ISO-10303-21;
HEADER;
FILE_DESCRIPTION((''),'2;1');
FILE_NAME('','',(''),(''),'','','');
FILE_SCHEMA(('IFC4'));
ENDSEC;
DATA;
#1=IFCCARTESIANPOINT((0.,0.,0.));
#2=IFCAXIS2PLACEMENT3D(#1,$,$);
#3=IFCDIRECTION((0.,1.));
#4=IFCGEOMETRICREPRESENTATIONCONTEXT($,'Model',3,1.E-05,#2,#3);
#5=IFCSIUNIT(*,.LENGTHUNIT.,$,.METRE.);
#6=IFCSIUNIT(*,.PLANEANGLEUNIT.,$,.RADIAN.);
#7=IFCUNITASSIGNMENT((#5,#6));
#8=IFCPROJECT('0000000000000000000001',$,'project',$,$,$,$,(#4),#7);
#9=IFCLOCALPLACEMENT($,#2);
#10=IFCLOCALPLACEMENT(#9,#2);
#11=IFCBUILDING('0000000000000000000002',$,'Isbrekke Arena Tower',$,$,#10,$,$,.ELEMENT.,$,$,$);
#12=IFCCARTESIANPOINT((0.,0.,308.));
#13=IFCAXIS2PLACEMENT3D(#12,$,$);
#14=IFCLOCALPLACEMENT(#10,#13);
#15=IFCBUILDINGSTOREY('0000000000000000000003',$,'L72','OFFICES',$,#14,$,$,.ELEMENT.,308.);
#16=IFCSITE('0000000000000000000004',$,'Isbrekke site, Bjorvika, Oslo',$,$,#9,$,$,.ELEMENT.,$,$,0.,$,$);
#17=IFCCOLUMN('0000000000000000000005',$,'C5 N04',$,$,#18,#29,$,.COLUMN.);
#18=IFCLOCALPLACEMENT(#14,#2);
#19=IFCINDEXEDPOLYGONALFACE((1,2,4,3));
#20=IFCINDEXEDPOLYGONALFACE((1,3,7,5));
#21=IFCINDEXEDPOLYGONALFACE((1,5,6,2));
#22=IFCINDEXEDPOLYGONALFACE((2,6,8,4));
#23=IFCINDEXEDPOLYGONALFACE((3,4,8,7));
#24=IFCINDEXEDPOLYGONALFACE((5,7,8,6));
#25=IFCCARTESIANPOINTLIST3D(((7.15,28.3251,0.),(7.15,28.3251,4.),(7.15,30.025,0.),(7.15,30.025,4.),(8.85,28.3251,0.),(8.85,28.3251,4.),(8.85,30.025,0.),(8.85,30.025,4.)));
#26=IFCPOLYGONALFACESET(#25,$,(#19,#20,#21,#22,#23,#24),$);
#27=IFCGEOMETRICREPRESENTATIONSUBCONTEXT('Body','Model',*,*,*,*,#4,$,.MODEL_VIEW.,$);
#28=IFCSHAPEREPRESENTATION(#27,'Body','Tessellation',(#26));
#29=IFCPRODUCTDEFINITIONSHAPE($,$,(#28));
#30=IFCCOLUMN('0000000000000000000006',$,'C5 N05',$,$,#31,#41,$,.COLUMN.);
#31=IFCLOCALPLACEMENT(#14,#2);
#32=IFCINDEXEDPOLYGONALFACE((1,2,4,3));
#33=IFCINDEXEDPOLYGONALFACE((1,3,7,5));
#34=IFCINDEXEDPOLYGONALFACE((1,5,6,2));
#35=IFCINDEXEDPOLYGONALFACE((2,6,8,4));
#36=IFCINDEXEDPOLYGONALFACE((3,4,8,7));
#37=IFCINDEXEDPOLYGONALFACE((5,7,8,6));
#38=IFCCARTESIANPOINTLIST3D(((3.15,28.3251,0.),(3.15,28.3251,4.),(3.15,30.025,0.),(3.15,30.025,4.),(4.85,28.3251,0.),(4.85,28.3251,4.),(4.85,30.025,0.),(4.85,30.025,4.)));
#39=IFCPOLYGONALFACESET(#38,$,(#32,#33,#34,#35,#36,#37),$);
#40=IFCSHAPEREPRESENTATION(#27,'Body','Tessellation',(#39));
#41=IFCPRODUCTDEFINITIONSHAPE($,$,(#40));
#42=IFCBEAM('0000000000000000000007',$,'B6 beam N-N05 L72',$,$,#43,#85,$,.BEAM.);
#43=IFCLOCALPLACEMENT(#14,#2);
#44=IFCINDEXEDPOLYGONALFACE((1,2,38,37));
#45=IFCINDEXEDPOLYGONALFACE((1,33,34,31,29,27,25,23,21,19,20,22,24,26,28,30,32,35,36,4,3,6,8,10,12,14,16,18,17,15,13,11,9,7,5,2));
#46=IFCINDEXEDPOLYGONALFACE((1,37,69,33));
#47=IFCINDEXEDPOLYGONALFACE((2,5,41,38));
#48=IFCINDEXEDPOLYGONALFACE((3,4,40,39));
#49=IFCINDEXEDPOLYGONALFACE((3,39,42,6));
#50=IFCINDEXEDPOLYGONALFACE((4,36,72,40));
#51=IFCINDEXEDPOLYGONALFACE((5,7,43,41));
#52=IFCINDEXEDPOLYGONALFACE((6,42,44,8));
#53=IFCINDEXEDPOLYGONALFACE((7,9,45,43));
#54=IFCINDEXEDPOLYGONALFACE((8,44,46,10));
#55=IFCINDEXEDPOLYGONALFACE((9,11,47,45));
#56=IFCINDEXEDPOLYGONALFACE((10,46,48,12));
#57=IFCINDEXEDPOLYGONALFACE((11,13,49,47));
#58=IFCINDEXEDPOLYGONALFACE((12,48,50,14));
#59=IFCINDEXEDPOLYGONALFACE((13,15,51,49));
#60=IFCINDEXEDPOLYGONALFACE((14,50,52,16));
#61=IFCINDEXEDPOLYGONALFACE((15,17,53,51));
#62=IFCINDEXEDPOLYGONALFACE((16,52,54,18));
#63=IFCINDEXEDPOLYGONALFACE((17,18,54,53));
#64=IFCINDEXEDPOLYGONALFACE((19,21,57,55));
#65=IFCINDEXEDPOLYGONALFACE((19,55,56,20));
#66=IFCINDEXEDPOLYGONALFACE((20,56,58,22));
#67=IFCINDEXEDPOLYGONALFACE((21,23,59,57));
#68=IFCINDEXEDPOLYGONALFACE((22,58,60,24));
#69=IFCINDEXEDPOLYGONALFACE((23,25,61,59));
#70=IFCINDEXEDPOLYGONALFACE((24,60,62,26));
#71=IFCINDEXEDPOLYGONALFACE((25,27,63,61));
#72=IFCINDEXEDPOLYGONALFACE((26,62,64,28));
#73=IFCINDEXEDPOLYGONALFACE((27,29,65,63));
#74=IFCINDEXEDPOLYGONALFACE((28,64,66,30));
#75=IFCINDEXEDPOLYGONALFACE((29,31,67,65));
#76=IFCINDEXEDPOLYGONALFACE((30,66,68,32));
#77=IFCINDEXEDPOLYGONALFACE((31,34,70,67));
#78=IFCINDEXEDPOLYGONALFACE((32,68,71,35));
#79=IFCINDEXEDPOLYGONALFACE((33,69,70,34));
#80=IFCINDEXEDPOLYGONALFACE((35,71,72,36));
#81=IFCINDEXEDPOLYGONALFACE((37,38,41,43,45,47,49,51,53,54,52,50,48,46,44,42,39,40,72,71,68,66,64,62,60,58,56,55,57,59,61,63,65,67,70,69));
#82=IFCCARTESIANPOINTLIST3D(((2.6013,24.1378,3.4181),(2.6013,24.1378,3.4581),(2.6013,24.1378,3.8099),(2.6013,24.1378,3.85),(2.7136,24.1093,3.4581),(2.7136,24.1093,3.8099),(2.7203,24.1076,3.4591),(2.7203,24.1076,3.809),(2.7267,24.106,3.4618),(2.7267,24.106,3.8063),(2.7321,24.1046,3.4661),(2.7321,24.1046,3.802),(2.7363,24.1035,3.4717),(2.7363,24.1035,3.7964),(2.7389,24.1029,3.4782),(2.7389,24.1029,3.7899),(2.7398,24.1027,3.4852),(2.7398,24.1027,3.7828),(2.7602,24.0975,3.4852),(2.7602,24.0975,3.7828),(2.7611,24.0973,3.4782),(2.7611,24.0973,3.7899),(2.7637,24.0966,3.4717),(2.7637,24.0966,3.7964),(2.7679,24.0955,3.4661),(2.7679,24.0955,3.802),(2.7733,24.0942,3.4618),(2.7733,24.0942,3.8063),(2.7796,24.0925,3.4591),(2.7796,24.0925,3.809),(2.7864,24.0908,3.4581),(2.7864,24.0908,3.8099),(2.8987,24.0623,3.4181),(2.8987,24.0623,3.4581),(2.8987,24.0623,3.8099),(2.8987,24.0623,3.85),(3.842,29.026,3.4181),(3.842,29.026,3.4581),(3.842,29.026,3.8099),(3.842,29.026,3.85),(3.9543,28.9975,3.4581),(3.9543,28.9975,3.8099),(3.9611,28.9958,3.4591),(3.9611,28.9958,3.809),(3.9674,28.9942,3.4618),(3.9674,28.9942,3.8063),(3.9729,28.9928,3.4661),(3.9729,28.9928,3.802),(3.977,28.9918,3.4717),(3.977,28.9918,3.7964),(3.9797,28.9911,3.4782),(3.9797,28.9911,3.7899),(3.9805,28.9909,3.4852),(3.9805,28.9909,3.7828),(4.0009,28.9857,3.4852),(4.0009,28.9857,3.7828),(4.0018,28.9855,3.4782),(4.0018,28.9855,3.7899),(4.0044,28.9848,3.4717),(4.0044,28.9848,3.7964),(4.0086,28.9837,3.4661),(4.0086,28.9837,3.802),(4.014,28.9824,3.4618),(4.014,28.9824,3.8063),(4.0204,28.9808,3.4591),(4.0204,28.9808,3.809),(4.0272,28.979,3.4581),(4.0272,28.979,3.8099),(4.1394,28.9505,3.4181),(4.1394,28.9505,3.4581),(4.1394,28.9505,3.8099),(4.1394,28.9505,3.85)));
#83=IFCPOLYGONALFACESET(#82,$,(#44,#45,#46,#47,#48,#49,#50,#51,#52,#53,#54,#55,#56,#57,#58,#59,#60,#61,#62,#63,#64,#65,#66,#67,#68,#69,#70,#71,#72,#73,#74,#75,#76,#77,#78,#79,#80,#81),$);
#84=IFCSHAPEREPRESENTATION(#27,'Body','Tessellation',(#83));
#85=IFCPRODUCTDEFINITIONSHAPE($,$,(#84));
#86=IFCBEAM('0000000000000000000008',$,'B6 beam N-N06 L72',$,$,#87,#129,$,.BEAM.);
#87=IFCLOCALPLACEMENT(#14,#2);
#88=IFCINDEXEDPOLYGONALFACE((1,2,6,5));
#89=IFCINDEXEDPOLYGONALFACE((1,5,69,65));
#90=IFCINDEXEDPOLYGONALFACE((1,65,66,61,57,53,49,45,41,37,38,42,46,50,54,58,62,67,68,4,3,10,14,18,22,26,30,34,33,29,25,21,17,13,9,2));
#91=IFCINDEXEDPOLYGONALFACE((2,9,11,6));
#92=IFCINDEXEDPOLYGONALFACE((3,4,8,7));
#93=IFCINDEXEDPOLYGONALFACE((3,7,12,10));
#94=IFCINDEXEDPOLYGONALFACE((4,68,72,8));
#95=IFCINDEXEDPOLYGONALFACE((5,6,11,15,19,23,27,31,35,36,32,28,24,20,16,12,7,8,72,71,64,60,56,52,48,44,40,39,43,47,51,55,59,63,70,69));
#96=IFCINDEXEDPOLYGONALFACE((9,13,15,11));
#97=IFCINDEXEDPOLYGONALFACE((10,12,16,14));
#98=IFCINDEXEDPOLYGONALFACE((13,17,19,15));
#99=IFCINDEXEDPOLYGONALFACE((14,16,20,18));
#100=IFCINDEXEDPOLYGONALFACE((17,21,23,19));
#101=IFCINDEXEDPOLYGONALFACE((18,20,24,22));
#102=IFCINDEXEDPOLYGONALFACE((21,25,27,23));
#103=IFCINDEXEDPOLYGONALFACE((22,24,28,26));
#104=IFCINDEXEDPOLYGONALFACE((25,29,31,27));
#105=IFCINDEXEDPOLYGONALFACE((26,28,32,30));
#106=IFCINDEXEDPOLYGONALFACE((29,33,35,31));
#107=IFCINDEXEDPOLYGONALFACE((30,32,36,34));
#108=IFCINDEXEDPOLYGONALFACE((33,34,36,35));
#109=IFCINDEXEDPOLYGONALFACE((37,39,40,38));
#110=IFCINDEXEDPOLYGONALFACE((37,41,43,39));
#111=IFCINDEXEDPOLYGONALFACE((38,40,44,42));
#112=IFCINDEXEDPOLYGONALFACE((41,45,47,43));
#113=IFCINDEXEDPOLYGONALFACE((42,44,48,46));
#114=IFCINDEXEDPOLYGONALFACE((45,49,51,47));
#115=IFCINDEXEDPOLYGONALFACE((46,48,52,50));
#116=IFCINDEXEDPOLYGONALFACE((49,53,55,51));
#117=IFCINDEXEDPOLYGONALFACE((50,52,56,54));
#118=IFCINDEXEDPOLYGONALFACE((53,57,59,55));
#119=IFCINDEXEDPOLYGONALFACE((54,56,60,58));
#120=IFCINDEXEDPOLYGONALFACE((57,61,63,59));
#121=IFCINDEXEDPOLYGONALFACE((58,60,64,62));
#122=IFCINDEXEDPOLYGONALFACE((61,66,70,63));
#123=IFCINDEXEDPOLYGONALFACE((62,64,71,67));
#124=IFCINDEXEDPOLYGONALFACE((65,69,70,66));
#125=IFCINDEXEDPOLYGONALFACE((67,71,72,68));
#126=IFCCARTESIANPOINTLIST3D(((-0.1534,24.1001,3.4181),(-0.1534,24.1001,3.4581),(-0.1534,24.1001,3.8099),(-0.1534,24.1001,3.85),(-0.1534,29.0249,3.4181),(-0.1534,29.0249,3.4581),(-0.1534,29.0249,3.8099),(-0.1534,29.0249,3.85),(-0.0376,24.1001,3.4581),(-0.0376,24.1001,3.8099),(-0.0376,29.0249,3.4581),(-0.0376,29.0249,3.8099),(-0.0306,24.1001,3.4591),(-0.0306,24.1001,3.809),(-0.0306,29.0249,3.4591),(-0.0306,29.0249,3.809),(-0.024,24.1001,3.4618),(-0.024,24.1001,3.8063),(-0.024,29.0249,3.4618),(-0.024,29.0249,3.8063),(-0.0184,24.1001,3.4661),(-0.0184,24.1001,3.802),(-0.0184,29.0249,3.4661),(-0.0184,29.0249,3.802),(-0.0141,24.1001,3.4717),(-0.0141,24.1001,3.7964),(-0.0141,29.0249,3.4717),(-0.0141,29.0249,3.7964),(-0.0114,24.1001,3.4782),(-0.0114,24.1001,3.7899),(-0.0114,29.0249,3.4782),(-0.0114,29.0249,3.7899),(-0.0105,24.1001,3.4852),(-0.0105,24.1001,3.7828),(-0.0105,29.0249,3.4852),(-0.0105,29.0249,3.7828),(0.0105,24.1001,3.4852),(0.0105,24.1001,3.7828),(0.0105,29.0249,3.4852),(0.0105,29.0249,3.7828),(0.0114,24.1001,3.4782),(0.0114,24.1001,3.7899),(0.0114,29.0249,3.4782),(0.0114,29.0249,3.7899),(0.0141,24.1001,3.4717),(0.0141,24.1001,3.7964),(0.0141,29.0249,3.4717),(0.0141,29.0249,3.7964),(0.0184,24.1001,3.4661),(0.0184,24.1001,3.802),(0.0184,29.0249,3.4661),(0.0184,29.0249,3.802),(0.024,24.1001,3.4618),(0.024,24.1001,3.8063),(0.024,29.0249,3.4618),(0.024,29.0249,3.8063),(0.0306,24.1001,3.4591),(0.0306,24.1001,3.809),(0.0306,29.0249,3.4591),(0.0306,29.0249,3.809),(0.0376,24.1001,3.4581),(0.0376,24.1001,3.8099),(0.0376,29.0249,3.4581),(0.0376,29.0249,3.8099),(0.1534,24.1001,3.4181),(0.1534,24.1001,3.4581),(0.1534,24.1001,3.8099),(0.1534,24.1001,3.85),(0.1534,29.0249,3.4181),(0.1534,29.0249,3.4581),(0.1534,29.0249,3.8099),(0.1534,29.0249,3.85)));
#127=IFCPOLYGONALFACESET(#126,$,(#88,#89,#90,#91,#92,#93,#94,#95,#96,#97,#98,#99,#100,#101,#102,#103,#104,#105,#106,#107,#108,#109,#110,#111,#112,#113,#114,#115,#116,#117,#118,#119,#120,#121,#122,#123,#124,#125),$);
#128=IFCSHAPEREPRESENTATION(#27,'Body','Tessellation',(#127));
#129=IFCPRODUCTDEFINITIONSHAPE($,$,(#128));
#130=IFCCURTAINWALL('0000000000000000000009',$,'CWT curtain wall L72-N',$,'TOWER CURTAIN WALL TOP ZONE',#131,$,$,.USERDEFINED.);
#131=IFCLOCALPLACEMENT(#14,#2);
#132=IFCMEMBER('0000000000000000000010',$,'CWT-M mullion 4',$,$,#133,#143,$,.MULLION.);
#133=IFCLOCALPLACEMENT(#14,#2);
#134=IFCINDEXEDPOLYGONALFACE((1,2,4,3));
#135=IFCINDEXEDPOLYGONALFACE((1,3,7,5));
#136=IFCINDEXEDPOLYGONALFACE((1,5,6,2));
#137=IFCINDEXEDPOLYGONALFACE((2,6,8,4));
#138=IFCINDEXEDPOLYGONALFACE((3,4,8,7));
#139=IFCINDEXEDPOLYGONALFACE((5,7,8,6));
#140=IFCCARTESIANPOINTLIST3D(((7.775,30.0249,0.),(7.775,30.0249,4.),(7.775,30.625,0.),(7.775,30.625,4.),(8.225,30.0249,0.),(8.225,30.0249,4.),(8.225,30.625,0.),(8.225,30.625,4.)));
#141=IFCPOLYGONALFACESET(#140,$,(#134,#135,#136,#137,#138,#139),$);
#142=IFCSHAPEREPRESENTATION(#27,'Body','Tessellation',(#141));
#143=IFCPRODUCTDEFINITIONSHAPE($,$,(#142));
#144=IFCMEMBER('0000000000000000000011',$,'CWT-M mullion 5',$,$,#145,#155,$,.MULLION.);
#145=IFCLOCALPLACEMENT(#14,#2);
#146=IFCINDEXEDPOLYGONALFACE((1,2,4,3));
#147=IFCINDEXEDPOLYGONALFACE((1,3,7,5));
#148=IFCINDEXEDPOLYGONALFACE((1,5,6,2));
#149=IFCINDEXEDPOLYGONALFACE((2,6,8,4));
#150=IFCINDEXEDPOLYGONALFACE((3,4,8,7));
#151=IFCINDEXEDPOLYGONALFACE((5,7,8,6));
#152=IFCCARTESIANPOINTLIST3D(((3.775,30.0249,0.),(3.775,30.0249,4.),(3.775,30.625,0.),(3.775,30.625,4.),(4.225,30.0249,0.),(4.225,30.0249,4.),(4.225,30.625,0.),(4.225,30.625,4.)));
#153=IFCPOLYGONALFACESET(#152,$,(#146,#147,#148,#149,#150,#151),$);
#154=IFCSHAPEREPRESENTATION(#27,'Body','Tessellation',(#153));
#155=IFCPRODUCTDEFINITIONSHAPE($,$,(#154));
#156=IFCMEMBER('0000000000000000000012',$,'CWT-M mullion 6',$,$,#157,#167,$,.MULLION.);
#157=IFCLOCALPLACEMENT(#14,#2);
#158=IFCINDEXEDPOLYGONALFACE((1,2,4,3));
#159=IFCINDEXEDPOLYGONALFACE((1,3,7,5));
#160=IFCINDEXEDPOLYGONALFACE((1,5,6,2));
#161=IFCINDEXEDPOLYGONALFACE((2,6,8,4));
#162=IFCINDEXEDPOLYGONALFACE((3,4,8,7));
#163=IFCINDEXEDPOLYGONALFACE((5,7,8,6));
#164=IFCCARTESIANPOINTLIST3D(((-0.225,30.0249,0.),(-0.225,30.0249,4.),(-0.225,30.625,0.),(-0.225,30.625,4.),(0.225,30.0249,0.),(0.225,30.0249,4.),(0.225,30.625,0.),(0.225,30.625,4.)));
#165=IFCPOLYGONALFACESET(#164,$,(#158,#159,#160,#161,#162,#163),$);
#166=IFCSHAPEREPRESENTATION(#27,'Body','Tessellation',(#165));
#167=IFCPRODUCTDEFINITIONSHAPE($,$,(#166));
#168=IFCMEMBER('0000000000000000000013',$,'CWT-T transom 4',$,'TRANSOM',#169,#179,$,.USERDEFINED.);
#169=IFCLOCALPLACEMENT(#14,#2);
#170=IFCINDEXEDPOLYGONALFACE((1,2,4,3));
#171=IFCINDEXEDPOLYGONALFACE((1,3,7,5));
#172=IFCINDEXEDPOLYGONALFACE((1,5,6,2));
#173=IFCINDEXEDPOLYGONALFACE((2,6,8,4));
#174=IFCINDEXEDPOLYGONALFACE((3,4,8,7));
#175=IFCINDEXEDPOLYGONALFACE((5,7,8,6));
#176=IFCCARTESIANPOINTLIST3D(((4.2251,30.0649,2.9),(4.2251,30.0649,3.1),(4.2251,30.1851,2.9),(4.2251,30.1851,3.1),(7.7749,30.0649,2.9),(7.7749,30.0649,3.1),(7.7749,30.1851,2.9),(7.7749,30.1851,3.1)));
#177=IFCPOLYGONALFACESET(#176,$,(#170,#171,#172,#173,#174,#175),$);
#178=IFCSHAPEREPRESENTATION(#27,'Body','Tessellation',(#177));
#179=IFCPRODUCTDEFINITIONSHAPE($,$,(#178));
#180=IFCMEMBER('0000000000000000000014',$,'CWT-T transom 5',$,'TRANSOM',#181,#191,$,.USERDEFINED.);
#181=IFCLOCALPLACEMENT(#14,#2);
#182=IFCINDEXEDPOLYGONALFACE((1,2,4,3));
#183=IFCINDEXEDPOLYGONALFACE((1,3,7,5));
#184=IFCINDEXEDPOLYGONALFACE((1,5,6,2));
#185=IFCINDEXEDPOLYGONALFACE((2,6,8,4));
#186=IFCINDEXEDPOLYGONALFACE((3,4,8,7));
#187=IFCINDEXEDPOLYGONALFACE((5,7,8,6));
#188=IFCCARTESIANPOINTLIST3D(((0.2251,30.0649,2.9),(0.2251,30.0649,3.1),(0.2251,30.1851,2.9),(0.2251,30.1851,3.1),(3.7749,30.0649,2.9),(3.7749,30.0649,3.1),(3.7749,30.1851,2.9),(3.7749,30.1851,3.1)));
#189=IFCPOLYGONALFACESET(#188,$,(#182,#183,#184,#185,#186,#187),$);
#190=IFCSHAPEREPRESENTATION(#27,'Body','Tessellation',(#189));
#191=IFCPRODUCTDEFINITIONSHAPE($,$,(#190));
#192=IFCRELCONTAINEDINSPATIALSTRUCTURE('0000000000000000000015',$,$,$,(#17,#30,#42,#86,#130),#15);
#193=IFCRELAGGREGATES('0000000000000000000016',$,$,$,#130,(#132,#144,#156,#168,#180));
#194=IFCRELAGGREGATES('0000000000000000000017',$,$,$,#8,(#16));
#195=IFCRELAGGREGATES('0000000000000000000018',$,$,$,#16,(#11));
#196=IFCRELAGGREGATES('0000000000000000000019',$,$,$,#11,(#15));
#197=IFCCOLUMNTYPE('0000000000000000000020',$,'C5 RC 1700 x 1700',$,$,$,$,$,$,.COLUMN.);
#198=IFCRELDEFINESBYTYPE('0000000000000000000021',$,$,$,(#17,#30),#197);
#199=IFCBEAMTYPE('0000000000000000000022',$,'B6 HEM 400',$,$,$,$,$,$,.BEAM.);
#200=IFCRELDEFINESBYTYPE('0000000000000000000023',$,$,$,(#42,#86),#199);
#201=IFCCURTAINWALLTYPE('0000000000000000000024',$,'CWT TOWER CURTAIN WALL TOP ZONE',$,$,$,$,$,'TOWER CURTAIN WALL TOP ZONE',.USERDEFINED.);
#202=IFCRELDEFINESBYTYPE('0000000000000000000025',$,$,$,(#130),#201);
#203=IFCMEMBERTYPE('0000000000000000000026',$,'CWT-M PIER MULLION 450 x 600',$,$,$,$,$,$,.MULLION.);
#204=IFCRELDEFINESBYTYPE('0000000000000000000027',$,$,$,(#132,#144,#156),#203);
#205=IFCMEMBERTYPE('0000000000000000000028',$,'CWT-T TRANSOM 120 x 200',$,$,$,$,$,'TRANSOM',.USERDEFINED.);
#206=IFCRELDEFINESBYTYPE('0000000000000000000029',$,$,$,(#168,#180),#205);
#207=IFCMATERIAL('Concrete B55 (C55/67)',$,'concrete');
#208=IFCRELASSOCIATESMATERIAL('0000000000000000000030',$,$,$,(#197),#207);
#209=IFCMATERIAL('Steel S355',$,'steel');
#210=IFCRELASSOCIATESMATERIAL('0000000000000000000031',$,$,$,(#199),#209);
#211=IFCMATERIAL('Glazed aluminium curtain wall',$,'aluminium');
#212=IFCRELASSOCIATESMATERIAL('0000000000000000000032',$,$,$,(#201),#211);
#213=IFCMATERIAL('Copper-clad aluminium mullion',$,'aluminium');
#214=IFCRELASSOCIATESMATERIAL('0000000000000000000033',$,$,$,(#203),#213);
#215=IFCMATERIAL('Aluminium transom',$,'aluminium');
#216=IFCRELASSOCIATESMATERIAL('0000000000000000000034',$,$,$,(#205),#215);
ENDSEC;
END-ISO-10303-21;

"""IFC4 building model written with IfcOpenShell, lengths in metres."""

from ifc_helpers import new_model, si_unit, direction, frame, origin, origin_2d, place, context, subcontext, project, spatial, rectangle, i_section, extrude, material, material_profile, profile_set, type_object, element, aggregate, save


model = new_model("IFC4")

# Units and contexts
model_context = context("Model", 3, precision=1e-05, world=origin(), true_north=direction((0.0, 1.0)))
body_context = subcontext(model_context, "Body", "Model", "MODEL_VIEW")
ifc_project = project(units=[si_unit("LENGTHUNIT", "METRE"), si_unit("PLANEANGLEUNIT", "RADIAN")], contexts=[model_context])

# Site, building, storey
site_placement = place(None, origin())
site = spatial("IfcSite", under=ifc_project, at=site_placement, Name="Isbrekke site, Bjorvika, Oslo", CompositionType="ELEMENT", RefElevation=0.0)
building_placement = place(site_placement, origin())
building = spatial("IfcBuilding", under=site, at=building_placement, Name="Isbrekke Arena Tower", CompositionType="ELEMENT")
storey_placement = place(building_placement, frame((0.0, 0.0, 308.0)))
storey = spatial("IfcBuildingStorey", under=building, at=storey_placement, Name="L72", Description="OFFICES", CompositionType="ELEMENT", Elevation=308.0)

# Columns
ifc_material_1 = material(Name="Concrete B55 (C55/67)", Category="concrete")
ifc_material_profile_1 = material_profile(ifc_material_1, rectangle(XDim=1.7, YDim=1.7, at=origin_2d()), Name="RC 1700x1700")
ifc_profile_set_1 = profile_set([ifc_material_profile_1], Name="Concrete B55 (C55/67)")
column_type = type_object("IfcColumnType", Name="C5 RC 1700 x 1700", PredefinedType="COLUMN", material=ifc_profile_set_1)
for number, where, z_axis, x_axis, name in (
    (1, (8.0, 29.175, 0.0), (0.0, 0.0, 1.0), (-1.0, 0.0, 0.0), "C5 N04"),
    (2, (4.0, 29.175, 0.0), (0.0, 0.0, 1.0), (-1.0, 0.0, 0.0), "C5 N05"),
):
    element("IfcColumn", number, at=place(storey_placement, frame(where, z_axis=z_axis, x_axis=x_axis)), inside=storey, type_object=column_type, Name=name, PredefinedType="COLUMN", context=body_context, shape_type="SweptSolid", body=[
        extrude(rectangle(XDim=1.7, YDim=1.7, at=origin_2d()), origin(), (0.0, 0.0, 1.0), 4.0),
    ])

# Beams
ifc_material_2 = material(Name="Steel S355", Category="steel")
ifc_material_profile_2 = material_profile(ifc_material_2, i_section(OverallWidth=0.3069, OverallDepth=0.4319, WebThickness=0.021, FlangeThickness=0.04, FilletRadius=0.0271, at=origin_2d()), Name="HEM 400")
ifc_profile_set_2 = profile_set([ifc_material_profile_2], Name="Steel S355")
beam_type_1 = type_object("IfcBeamType", Name="B6 HEM 400", PredefinedType="BEAM", material=ifc_profile_set_2)
beam_1_placement = place(storey_placement, frame((3.9907, 28.9883, 3.634), z_axis=(-0.24602, -0.969265, 0.0), x_axis=(0.969265, -0.24602, 0.0)))
element("IfcBeam", 3, at=beam_1_placement, inside=storey, type_object=beam_type_1, Name="B6 beam N-N05 L72", PredefinedType="BEAM", context=body_context, shape_type="SweptSolid", body=[
    extrude(i_section(OverallWidth=0.3069, OverallDepth=0.4319, WebThickness=0.021, FlangeThickness=0.04, FilletRadius=0.0271, at=origin_2d()), origin(), (0.0, 0.0, 1.0), 5.0432),
])
beam_2_placement = place(storey_placement, frame((0.0, 29.0249, 3.634), z_axis=(0.0, -1.0, 0.0), x_axis=(1.0, 0.0, 0.0)))
element("IfcBeam", 4, at=beam_2_placement, inside=storey, type_object=beam_type_1, Name="B6 beam N-N06 L72", PredefinedType="BEAM", context=body_context, shape_type="SweptSolid", body=[
    extrude(i_section(OverallWidth=0.3069, OverallDepth=0.4319, WebThickness=0.021, FlangeThickness=0.04, FilletRadius=0.0271, at=origin_2d()), origin(), (0.0, 0.0, 1.0), 4.9248),
])

# Curtain wall, members
ifc_material_3 = material(Name="Glazed aluminium curtain wall", Category="aluminium")
curtain_wall_type = type_object("IfcCurtainWallType", Name="CWT TOWER CURTAIN WALL TOP ZONE", ElementType="TOWER CURTAIN WALL TOP ZONE", PredefinedType="USERDEFINED", material=ifc_material_3)
curtain_wall_placement = place(storey_placement, origin())
curtain_wall = element("IfcCurtainWall", 5, at=curtain_wall_placement, inside=storey, type_object=curtain_wall_type, Name="CWT curtain wall L72-N", ObjectType="TOWER CURTAIN WALL TOP ZONE", PredefinedType="USERDEFINED")
ifc_material_4 = material(Name="Copper-clad aluminium mullion", Category="aluminium")
ifc_material_profile_3 = material_profile(ifc_material_4, rectangle(XDim=0.45, YDim=0.6001, at=origin_2d()), Name="PIER 450X600")
ifc_profile_set_3 = profile_set([ifc_material_profile_3], Name="Copper-clad aluminium mullion")
member_type_1 = type_object("IfcMemberType", Name="CWT-M PIER MULLION 450 x 600", PredefinedType="MULLION", material=ifc_profile_set_3)
member_1_placement = place(storey_placement, frame((8.0, 30.325, 0.0), z_axis=(0.0, 0.0, 1.0), x_axis=(-1.0, 0.0, 0.0)))
member_1 = element("IfcMember", 6, at=member_1_placement, type_object=member_type_1, Name="CWT-M mullion 4", PredefinedType="MULLION", context=body_context, shape_type="SweptSolid", body=[
    extrude(rectangle(XDim=0.45, YDim=0.6001, at=origin_2d()), origin(), (0.0, 0.0, 1.0), 4.0),
])
member_2_placement = place(storey_placement, frame((4.0, 30.325, 0.0), z_axis=(0.0, 0.0, 1.0), x_axis=(-1.0, 0.0, 0.0)))
member_2 = element("IfcMember", 7, at=member_2_placement, type_object=member_type_1, Name="CWT-M mullion 5", PredefinedType="MULLION", context=body_context, shape_type="SweptSolid", body=[
    extrude(rectangle(XDim=0.45, YDim=0.6001, at=origin_2d()), origin(), (0.0, 0.0, 1.0), 4.0),
])
member_3_placement = place(storey_placement, frame((0.0, 30.325, 0.0), z_axis=(0.0, 0.0, 1.0), x_axis=(-1.0, 0.0, 0.0)))
member_3 = element("IfcMember", 8, at=member_3_placement, type_object=member_type_1, Name="CWT-M mullion 6", PredefinedType="MULLION", context=body_context, shape_type="SweptSolid", body=[
    extrude(rectangle(XDim=0.45, YDim=0.6001, at=origin_2d()), origin(), (0.0, 0.0, 1.0), 4.0),
])
ifc_material_5 = material(Name="Aluminium transom", Category="aluminium")
ifc_material_profile_4 = material_profile(ifc_material_5, rectangle(XDim=0.1201, YDim=0.2, at=origin_2d()), Name="TRANSOM 120X200")
ifc_profile_set_4 = profile_set([ifc_material_profile_4], Name="Aluminium transom")
member_type_2 = type_object("IfcMemberType", Name="CWT-T TRANSOM 120 x 200", ElementType="TRANSOM", PredefinedType="USERDEFINED", material=ifc_profile_set_4)
member_4_placement = place(storey_placement, frame((7.7749, 30.125, 3.0), z_axis=(-1.0, 0.0, 0.0), x_axis=(0.0, -1.0, 0.0)))
member_4 = element("IfcMember", 9, at=member_4_placement, type_object=member_type_2, Name="CWT-T transom 4", ObjectType="TRANSOM", PredefinedType="USERDEFINED", context=body_context, shape_type="SweptSolid", body=[
    extrude(rectangle(XDim=0.1201, YDim=0.2, at=origin_2d()), origin(), (0.0, 0.0, 1.0), 3.5498),
])
member_5_placement = place(storey_placement, frame((3.7749, 30.125, 3.0), z_axis=(-1.0, 0.0, 0.0), x_axis=(0.0, -1.0, 0.0)))
member_5 = element("IfcMember", 10, at=member_5_placement, type_object=member_type_2, Name="CWT-T transom 5", ObjectType="TRANSOM", PredefinedType="USERDEFINED", context=body_context, shape_type="SweptSolid", body=[
    extrude(rectangle(XDim=0.1201, YDim=0.2, at=origin_2d()), origin(), (0.0, 0.0, 1.0), 3.5498),
])

aggregate(curtain_wall, [member_1, member_2, member_3, member_4, member_5])

save(model, "model.ifc")
